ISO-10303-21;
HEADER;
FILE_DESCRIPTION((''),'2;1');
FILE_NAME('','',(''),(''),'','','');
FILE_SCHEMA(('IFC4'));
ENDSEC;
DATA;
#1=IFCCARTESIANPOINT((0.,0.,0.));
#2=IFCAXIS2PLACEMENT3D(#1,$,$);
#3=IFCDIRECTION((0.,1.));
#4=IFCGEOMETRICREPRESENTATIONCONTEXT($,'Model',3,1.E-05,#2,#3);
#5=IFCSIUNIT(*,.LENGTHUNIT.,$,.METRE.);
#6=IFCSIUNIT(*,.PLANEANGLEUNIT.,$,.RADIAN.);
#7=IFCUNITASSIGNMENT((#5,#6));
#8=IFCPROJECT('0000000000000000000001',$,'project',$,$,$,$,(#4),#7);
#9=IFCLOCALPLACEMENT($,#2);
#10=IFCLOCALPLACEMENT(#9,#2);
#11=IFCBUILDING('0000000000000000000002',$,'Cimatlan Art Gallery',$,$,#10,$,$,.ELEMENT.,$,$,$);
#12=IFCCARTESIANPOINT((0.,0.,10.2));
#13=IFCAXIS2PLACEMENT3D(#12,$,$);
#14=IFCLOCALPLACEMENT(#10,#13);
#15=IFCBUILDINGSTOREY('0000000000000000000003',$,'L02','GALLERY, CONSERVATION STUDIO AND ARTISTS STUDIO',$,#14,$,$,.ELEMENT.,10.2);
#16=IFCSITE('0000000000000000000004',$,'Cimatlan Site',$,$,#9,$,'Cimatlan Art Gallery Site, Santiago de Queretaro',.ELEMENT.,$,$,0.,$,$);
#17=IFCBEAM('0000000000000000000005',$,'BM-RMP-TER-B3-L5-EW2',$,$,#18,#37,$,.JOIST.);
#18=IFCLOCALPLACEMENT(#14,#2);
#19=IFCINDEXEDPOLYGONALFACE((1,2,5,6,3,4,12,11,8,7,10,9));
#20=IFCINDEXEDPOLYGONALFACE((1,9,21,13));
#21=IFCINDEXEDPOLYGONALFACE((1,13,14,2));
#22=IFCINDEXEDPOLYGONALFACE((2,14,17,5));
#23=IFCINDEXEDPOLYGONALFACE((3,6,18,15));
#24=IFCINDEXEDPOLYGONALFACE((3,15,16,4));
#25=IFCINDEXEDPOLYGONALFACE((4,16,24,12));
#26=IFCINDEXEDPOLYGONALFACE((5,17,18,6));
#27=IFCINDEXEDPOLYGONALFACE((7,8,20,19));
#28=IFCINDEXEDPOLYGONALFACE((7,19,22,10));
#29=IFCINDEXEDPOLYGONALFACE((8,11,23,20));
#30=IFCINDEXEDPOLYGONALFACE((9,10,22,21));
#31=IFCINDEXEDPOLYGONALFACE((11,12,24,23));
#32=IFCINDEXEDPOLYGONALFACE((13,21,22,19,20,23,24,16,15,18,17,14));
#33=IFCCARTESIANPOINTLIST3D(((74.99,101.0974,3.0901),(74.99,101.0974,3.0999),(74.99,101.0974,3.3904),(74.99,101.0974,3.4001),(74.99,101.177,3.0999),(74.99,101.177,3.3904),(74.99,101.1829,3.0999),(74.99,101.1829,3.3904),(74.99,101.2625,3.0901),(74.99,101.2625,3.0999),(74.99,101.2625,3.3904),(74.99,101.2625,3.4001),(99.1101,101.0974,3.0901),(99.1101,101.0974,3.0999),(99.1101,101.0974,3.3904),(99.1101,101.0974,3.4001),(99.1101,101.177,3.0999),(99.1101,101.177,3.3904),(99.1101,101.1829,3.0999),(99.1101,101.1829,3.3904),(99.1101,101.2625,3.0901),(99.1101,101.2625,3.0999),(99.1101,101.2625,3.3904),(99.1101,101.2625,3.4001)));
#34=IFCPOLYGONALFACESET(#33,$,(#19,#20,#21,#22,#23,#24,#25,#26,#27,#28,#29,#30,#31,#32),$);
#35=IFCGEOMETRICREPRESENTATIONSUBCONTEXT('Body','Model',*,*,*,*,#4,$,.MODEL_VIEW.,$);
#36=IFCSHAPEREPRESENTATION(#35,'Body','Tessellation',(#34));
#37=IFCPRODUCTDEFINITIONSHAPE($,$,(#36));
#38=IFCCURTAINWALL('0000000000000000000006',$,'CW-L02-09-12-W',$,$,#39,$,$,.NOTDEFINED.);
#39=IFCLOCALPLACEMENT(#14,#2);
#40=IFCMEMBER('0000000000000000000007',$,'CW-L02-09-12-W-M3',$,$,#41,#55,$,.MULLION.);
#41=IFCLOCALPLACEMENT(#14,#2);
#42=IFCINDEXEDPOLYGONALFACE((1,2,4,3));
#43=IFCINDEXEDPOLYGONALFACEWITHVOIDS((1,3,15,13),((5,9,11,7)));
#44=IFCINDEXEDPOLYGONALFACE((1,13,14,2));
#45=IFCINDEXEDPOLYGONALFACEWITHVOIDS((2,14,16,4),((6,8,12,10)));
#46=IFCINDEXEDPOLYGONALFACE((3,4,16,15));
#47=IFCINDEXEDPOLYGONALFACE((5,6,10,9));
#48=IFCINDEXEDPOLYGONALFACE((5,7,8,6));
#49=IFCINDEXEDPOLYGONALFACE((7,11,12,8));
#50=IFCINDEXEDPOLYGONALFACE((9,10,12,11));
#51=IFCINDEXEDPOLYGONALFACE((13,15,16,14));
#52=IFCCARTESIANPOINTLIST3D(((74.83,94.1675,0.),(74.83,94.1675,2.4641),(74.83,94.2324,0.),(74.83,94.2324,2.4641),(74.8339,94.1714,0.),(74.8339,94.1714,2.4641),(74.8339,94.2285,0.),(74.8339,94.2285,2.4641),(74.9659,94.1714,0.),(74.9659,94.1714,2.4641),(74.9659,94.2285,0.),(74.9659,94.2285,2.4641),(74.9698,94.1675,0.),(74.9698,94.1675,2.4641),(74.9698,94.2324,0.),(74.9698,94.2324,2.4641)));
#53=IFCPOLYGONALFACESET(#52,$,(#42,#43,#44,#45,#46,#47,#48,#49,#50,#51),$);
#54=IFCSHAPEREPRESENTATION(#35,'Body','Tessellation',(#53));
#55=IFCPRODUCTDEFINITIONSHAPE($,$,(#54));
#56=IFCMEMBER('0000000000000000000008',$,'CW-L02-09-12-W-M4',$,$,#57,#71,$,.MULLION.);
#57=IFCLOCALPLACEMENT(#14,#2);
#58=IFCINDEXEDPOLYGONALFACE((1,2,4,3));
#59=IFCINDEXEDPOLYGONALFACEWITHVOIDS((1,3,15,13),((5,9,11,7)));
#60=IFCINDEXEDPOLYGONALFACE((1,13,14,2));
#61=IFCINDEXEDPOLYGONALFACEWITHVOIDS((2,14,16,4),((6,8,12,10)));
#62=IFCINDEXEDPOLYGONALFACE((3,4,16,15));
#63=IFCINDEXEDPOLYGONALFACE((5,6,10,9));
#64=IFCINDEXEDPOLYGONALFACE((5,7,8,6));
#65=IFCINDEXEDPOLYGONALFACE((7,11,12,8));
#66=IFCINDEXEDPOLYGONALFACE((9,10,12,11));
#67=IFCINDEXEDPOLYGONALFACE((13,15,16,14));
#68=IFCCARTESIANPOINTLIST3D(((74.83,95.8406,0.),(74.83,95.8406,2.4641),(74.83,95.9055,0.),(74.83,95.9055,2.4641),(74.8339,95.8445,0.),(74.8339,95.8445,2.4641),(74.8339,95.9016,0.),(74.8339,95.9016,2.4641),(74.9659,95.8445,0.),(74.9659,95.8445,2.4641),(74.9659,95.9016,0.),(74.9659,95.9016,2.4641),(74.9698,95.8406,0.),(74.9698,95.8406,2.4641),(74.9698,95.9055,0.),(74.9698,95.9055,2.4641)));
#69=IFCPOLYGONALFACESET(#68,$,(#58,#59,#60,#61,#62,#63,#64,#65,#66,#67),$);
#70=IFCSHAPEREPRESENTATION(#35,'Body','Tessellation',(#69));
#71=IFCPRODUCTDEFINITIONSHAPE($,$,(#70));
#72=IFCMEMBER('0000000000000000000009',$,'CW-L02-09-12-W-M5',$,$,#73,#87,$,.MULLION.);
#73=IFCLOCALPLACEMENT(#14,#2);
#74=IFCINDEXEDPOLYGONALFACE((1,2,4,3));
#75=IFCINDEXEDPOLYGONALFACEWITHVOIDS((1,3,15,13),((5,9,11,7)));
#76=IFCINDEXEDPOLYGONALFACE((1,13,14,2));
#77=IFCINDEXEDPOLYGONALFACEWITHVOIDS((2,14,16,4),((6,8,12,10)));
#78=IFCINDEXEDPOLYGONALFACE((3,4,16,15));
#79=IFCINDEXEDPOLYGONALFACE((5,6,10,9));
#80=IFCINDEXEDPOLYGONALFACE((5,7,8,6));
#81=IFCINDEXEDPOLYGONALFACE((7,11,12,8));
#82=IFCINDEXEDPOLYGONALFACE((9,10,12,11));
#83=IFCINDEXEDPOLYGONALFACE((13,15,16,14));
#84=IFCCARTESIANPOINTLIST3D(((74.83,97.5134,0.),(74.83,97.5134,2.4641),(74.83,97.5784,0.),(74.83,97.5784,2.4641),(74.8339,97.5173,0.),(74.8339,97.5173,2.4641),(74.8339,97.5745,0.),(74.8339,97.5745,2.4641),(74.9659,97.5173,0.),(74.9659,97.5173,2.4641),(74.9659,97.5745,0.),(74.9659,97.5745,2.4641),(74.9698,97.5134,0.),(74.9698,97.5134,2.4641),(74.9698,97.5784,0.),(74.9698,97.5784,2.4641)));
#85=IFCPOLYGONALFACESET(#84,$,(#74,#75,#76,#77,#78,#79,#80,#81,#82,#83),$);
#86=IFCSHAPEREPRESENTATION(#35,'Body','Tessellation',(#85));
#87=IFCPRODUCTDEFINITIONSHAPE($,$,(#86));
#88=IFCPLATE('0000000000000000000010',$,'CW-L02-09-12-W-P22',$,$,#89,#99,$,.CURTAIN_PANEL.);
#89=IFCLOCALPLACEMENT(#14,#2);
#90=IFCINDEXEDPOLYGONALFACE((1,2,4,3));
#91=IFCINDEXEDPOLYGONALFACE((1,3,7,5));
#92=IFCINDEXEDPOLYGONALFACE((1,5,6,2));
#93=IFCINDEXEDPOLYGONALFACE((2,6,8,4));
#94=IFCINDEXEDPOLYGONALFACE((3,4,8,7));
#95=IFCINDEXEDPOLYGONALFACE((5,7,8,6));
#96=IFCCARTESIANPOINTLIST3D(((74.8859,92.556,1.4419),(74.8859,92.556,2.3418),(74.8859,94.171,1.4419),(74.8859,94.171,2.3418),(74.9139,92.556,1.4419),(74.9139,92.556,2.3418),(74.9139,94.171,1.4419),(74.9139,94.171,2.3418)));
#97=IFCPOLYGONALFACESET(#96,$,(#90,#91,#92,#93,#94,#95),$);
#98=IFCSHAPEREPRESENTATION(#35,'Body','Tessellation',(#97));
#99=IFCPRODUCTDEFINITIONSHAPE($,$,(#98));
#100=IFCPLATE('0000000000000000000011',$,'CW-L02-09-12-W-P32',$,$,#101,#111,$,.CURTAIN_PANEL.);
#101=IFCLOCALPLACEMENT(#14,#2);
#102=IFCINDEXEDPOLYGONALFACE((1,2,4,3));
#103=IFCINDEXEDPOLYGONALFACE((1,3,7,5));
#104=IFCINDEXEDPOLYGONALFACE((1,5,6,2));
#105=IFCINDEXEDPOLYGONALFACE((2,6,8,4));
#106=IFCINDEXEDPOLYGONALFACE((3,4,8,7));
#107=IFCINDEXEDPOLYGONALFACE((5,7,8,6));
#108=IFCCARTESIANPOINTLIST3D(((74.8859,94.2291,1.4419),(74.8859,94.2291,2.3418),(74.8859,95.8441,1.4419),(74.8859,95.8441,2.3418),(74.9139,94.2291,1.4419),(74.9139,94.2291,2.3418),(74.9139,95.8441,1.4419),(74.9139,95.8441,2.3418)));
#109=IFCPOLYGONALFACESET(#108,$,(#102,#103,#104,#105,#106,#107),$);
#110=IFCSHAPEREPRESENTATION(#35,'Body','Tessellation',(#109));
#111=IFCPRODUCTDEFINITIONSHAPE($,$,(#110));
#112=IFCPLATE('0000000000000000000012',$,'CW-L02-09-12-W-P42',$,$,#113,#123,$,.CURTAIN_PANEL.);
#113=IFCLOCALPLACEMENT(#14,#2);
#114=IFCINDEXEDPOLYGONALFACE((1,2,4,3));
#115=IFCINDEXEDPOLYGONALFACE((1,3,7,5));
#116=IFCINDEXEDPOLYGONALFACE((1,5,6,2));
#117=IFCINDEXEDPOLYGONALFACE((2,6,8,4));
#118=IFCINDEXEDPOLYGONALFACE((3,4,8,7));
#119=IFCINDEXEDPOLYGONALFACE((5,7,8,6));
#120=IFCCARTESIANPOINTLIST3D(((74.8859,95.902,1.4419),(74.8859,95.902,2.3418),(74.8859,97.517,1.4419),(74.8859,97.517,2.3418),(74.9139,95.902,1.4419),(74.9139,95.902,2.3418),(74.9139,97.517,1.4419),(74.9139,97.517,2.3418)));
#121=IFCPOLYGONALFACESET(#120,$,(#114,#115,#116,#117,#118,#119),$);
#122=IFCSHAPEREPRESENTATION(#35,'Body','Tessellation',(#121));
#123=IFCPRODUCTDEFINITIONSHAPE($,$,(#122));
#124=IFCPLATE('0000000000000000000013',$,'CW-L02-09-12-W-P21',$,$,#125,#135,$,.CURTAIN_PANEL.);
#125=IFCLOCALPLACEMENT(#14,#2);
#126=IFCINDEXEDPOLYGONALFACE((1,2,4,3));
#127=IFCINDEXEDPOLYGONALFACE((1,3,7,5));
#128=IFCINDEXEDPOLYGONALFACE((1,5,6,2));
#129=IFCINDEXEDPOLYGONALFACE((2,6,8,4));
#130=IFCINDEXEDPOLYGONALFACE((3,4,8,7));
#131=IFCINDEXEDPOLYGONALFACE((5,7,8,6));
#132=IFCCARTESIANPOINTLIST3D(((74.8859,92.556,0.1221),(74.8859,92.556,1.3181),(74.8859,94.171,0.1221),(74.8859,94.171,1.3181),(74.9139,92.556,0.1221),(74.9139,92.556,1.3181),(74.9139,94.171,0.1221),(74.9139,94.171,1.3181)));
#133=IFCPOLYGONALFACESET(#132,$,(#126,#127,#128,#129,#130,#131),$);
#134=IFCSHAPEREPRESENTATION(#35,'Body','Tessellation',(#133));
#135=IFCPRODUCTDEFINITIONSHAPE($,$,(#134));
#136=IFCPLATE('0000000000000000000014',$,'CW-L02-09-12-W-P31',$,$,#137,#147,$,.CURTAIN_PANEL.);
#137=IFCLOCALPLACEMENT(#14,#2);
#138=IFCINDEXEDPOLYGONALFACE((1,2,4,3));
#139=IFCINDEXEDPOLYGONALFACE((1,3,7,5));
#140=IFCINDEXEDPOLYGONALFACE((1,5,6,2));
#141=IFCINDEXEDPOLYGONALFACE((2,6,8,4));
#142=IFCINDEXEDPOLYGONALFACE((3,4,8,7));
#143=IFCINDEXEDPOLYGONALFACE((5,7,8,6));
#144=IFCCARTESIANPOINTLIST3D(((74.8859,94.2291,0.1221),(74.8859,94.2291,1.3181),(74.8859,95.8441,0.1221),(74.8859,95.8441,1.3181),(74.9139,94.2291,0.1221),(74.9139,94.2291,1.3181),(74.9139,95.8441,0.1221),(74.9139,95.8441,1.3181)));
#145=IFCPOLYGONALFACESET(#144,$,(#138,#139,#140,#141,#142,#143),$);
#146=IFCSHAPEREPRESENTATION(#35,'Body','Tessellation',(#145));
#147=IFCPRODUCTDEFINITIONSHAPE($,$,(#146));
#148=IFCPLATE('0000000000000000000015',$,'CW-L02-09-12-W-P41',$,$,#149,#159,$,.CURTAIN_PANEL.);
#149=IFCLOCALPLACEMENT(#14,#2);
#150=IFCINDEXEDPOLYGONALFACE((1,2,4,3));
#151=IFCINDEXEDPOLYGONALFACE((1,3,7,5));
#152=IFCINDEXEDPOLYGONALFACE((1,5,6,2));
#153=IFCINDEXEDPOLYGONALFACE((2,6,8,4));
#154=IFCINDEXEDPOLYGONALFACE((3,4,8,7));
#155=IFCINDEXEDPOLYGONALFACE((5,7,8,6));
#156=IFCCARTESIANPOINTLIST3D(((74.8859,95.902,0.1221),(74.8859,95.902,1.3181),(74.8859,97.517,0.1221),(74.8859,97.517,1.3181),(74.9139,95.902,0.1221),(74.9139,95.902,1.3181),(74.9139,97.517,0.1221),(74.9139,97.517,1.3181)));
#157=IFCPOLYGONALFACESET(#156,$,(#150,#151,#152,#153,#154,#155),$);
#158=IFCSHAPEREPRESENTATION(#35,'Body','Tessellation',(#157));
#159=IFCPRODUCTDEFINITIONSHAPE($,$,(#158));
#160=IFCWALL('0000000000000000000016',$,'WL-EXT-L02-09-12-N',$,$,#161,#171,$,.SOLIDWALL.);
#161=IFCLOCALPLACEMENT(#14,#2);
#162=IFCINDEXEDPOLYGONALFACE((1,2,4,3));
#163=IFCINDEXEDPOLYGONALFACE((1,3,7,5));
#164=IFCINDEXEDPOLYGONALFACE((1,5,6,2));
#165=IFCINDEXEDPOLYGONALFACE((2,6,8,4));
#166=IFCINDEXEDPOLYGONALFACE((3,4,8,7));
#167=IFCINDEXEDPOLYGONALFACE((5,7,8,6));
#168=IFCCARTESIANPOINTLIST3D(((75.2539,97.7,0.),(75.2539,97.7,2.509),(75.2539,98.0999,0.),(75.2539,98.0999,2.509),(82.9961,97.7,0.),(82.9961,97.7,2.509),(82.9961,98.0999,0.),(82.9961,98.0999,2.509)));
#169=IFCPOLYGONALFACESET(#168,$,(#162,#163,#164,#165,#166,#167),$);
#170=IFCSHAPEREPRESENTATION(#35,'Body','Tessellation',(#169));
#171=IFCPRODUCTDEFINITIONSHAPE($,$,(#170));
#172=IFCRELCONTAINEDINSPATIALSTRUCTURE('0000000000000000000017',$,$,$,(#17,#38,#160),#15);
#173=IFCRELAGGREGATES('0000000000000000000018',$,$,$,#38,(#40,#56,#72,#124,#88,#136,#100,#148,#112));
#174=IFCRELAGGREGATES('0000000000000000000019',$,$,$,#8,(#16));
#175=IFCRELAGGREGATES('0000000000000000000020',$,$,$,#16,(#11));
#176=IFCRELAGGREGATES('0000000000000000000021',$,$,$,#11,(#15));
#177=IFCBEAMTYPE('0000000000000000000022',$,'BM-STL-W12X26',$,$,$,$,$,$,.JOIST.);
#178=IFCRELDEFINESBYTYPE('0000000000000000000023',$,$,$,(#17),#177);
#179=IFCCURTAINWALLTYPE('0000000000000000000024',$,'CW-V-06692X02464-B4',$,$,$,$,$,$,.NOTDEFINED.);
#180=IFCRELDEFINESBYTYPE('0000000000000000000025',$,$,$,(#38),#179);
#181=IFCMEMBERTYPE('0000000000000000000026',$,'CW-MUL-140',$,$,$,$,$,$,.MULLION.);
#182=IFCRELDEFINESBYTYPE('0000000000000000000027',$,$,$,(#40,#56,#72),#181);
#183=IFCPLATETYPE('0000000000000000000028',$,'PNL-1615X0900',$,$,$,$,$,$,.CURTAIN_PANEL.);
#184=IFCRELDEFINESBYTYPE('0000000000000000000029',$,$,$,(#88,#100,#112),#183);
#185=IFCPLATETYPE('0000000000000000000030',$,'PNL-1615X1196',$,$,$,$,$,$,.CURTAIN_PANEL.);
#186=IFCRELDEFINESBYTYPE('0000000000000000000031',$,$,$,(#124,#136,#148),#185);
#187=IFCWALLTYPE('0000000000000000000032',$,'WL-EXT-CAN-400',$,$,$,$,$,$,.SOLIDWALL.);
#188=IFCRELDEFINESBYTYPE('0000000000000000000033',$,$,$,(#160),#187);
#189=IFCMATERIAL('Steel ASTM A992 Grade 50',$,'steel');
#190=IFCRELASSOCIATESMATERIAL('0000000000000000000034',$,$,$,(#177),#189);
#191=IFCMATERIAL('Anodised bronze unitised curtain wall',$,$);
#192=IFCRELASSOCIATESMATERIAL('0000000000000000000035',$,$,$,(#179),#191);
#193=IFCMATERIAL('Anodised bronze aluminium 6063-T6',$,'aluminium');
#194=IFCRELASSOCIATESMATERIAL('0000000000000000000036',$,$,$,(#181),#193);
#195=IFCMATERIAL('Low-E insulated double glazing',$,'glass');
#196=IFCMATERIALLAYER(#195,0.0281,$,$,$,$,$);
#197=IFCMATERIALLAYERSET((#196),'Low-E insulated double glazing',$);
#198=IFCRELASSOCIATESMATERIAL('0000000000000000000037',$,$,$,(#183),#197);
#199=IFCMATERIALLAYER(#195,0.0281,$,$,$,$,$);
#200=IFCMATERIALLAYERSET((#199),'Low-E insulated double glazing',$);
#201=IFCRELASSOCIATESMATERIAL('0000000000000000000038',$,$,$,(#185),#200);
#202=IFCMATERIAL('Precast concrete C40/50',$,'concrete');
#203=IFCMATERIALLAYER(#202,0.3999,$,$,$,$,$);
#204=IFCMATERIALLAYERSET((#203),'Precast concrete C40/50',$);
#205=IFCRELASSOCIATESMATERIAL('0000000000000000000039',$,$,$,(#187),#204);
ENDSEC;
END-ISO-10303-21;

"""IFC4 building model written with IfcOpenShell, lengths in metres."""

from ifc_helpers import new_model, si_unit, direction, frame, frame_2d, origin, origin_2d, place, context, subcontext, project, spatial, rectangle, hollow_rectangle, i_section, extrude, material, layer, layer_set, material_profile, profile_set, type_object, element, aggregate, save


model = new_model("IFC4")

# Units and contexts
model_context = context("Model", 3, precision=1e-05, world=origin(), true_north=direction((0.0, 1.0)))
body_context = subcontext(model_context, "Body", "Model", "MODEL_VIEW")
ifc_project = project(units=[si_unit("LENGTHUNIT", "METRE"), si_unit("PLANEANGLEUNIT", "RADIAN")], contexts=[model_context])

# Site, building, storey
site_placement = place(None, origin())
site = spatial("IfcSite", under=ifc_project, at=site_placement, Name="Cimatlan Site", LongName="Cimatlan Art Gallery Site, Santiago de Queretaro", CompositionType="ELEMENT", RefElevation=0.0)
building_placement = place(site_placement, origin())
building = spatial("IfcBuilding", under=site, at=building_placement, Name="Cimatlan Art Gallery", CompositionType="ELEMENT")
storey_placement = place(building_placement, frame((0.0, 0.0, 10.2)))
storey = spatial("IfcBuildingStorey", under=building, at=storey_placement, Name="L02", Description="GALLERY, CONSERVATION STUDIO AND ARTISTS STUDIO", CompositionType="ELEMENT", Elevation=10.2)

# Shared definitions
ifc_material_1 = material(Name="Steel ASTM A992 Grade 50", Category="steel")

# Beam
ifc_material_profile_1 = material_profile(ifc_material_1, i_section(OverallWidth=0.165, OverallDepth=0.3101, WebThickness=0.0059, FlangeThickness=0.0098, at=origin_2d()), Name="W12X26")
ifc_profile_set_1 = profile_set([ifc_material_profile_1], Name="Steel ASTM A992 Grade 50")
beam_type_1 = type_object("IfcBeamType", Name="BM-STL-W12X26", PredefinedType="JOIST", material=ifc_profile_set_1)
for number, where, z_axis, x_axis, name in (
    (1, (74.99, 101.1799, 3.2451), (1.0, 0.0, 0.0), (0.0, 1.0, 0.0), "BM-RMP-TER-B3-L5-EW2"),
):
    element("IfcBeam", number, at=place(storey_placement, frame(where, z_axis=z_axis, x_axis=x_axis)), inside=storey, type_object=beam_type_1, Name=name, PredefinedType="JOIST", context=body_context, shape_type="SweptSolid", body=[
        extrude(i_section(OverallWidth=0.165, OverallDepth=0.3101, WebThickness=0.0059, FlangeThickness=0.0098, at=origin_2d()), origin(), (0.0, 0.0, 1.0), 24.1201),
    ])

# Curtain wall, members, plates
ifc_material_2 = material(Name="Anodised bronze unitised curtain wall")
curtain_wall_type = type_object("IfcCurtainWallType", Name="CW-V-06692X02464-B4", PredefinedType="NOTDEFINED", material=ifc_material_2)
curtain_wall_placement = place(storey_placement, origin())
curtain_wall = element("IfcCurtainWall", 2, at=curtain_wall_placement, inside=storey, type_object=curtain_wall_type, Name="CW-L02-09-12-W", PredefinedType="NOTDEFINED")
ifc_material_3 = material(Name="Anodised bronze aluminium 6063-T6", Category="aluminium")
ifc_material_profile_2 = material_profile(ifc_material_3, hollow_rectangle(XDim=0.0649, YDim=0.1399, WallThickness=0.0039, at=origin_2d()), Name="ALU65X140X4")
ifc_profile_set_2 = profile_set([ifc_material_profile_2], Name="Anodised bronze aluminium 6063-T6")
member_type = type_object("IfcMemberType", Name="CW-MUL-140", PredefinedType="MULLION", material=ifc_profile_set_2)
member_1_placement = place(storey_placement, frame((74.8999, 94.2, 0.0), z_axis=(0.0, 0.0, 1.0), x_axis=(0.0, 1.0, 0.0)))
member_1 = element("IfcMember", 3, at=member_1_placement, type_object=member_type, Name="CW-L02-09-12-W-M3", PredefinedType="MULLION", context=body_context, shape_type="SweptSolid", body=[
    extrude(hollow_rectangle(XDim=0.0649, YDim=0.1399, WallThickness=0.0039, at=origin_2d()), origin(), (0.0, 0.0, 1.0), 2.4641),
])
member_2_placement = place(storey_placement, frame((74.8999, 95.873, 0.0), z_axis=(0.0, 0.0, 1.0), x_axis=(0.0, 1.0, 0.0)))
member_2 = element("IfcMember", 4, at=member_2_placement, type_object=member_type, Name="CW-L02-09-12-W-M4", PredefinedType="MULLION", context=body_context, shape_type="SweptSolid", body=[
    extrude(hollow_rectangle(XDim=0.0649, YDim=0.1399, WallThickness=0.0039, at=origin_2d()), origin(), (0.0, 0.0, 1.0), 2.4641),
])
member_3_placement = place(storey_placement, frame((74.8999, 97.5459, 0.0), z_axis=(0.0, 0.0, 1.0), x_axis=(0.0, 1.0, 0.0)))
member_3 = element("IfcMember", 5, at=member_3_placement, type_object=member_type, Name="CW-L02-09-12-W-M5", PredefinedType="MULLION", context=body_context, shape_type="SweptSolid", body=[
    extrude(hollow_rectangle(XDim=0.0649, YDim=0.1399, WallThickness=0.0039, at=origin_2d()), origin(), (0.0, 0.0, 1.0), 2.4641),
])
ifc_material_4 = material(Name="Low-E insulated double glazing", Category="glass")
ifc_layer_1 = layer(ifc_material_4, 0.0281)
ifc_layer_set_1 = layer_set([ifc_layer_1], Name="Low-E insulated double glazing")
plate_type_1 = type_object("IfcPlateType", Name="PNL-1615X0900", PredefinedType="CURTAIN_PANEL", material=ifc_layer_set_1)
plate_1_placement = place(storey_placement, frame((74.8999, 93.3635, 1.4419), z_axis=(0.0, 0.0, 1.0), x_axis=(0.0, 1.0, 0.0)))
plate_1 = element("IfcPlate", 6, at=plate_1_placement, type_object=plate_type_1, Name="CW-L02-09-12-W-P22", PredefinedType="CURTAIN_PANEL", context=body_context, shape_type="SweptSolid", body=[
    extrude(rectangle(XDim=1.615, YDim=0.0281, at=origin_2d()), origin(), (0.0, 0.0, 1.0), 0.8999),
])
plate_2_placement = place(storey_placement, frame((74.8999, 95.0366, 1.4419), z_axis=(0.0, 0.0, 1.0), x_axis=(0.0, 1.0, 0.0)))
plate_2 = element("IfcPlate", 7, at=plate_2_placement, type_object=plate_type_1, Name="CW-L02-09-12-W-P32", PredefinedType="CURTAIN_PANEL", context=body_context, shape_type="SweptSolid", body=[
    extrude(rectangle(XDim=1.615, YDim=0.0281, at=origin_2d()), origin(), (0.0, 0.0, 1.0), 0.8999),
])
plate_3_placement = place(storey_placement, frame((74.8999, 96.7095, 1.4419), z_axis=(0.0, 0.0, 1.0), x_axis=(0.0, 1.0, 0.0)))
plate_3 = element("IfcPlate", 8, at=plate_3_placement, type_object=plate_type_1, Name="CW-L02-09-12-W-P42", PredefinedType="CURTAIN_PANEL", context=body_context, shape_type="SweptSolid", body=[
    extrude(rectangle(XDim=1.615, YDim=0.0281, at=origin_2d()), origin(), (0.0, 0.0, 1.0), 0.8999),
])
ifc_layer_2 = layer(ifc_material_4, 0.0281)
ifc_layer_set_2 = layer_set([ifc_layer_2], Name="Low-E insulated double glazing")
plate_type_2 = type_object("IfcPlateType", Name="PNL-1615X1196", PredefinedType="CURTAIN_PANEL", material=ifc_layer_set_2)
plate_4_placement = place(storey_placement, frame((74.8999, 93.3635, 0.1221), z_axis=(0.0, 0.0, 1.0), x_axis=(0.0, 1.0, 0.0)))
plate_4 = element("IfcPlate", 9, at=plate_4_placement, type_object=plate_type_2, Name="CW-L02-09-12-W-P21", PredefinedType="CURTAIN_PANEL", context=body_context, shape_type="SweptSolid", body=[
    extrude(rectangle(XDim=1.615, YDim=0.0281, at=origin_2d()), origin(), (0.0, 0.0, 1.0), 1.196),
])
plate_5_placement = place(storey_placement, frame((74.8999, 95.0366, 0.1221), z_axis=(0.0, 0.0, 1.0), x_axis=(0.0, 1.0, 0.0)))
plate_5 = element("IfcPlate", 10, at=plate_5_placement, type_object=plate_type_2, Name="CW-L02-09-12-W-P31", PredefinedType="CURTAIN_PANEL", context=body_context, shape_type="SweptSolid", body=[
    extrude(rectangle(XDim=1.615, YDim=0.0281, at=origin_2d()), origin(), (0.0, 0.0, 1.0), 1.196),
])
plate_6_placement = place(storey_placement, frame((74.8999, 96.7095, 0.1221), z_axis=(0.0, 0.0, 1.0), x_axis=(0.0, 1.0, 0.0)))
plate_6 = element("IfcPlate", 11, at=plate_6_placement, type_object=plate_type_2, Name="CW-L02-09-12-W-P41", PredefinedType="CURTAIN_PANEL", context=body_context, shape_type="SweptSolid", body=[
    extrude(rectangle(XDim=1.615, YDim=0.0281, at=origin_2d()), origin(), (0.0, 0.0, 1.0), 1.196),
])
aggregate(curtain_wall, [member_1, member_2, member_3, plate_4, plate_1, plate_5, plate_2, plate_6, plate_3])

# Wall
ifc_material_5 = material(Name="Precast concrete C40/50", Category="concrete")
ifc_layer_3 = layer(ifc_material_5, 0.3999)
ifc_layer_set_3 = layer_set([ifc_layer_3], Name="Precast concrete C40/50")
wall_type = type_object("IfcWallType", Name="WL-EXT-CAN-400", PredefinedType="SOLIDWALL", material=ifc_layer_set_3)
wall_placement = place(storey_placement, frame((75.2539, 97.8999, 0.0), z_axis=(0.0, 0.0, 1.0), x_axis=(1.0, 0.0, 0.0)))
element("IfcWall", 12, at=wall_placement, inside=storey, type_object=wall_type, Name="WL-EXT-L02-09-12-N", PredefinedType="SOLIDWALL", context=body_context, shape_type="SweptSolid", body=[
    extrude(rectangle(XDim=7.7422, YDim=0.3999, at=frame_2d((3.8711, 0.0))), origin(), (0.0, 0.0, 1.0), 2.509),
])

save(model, "model.ifc")
